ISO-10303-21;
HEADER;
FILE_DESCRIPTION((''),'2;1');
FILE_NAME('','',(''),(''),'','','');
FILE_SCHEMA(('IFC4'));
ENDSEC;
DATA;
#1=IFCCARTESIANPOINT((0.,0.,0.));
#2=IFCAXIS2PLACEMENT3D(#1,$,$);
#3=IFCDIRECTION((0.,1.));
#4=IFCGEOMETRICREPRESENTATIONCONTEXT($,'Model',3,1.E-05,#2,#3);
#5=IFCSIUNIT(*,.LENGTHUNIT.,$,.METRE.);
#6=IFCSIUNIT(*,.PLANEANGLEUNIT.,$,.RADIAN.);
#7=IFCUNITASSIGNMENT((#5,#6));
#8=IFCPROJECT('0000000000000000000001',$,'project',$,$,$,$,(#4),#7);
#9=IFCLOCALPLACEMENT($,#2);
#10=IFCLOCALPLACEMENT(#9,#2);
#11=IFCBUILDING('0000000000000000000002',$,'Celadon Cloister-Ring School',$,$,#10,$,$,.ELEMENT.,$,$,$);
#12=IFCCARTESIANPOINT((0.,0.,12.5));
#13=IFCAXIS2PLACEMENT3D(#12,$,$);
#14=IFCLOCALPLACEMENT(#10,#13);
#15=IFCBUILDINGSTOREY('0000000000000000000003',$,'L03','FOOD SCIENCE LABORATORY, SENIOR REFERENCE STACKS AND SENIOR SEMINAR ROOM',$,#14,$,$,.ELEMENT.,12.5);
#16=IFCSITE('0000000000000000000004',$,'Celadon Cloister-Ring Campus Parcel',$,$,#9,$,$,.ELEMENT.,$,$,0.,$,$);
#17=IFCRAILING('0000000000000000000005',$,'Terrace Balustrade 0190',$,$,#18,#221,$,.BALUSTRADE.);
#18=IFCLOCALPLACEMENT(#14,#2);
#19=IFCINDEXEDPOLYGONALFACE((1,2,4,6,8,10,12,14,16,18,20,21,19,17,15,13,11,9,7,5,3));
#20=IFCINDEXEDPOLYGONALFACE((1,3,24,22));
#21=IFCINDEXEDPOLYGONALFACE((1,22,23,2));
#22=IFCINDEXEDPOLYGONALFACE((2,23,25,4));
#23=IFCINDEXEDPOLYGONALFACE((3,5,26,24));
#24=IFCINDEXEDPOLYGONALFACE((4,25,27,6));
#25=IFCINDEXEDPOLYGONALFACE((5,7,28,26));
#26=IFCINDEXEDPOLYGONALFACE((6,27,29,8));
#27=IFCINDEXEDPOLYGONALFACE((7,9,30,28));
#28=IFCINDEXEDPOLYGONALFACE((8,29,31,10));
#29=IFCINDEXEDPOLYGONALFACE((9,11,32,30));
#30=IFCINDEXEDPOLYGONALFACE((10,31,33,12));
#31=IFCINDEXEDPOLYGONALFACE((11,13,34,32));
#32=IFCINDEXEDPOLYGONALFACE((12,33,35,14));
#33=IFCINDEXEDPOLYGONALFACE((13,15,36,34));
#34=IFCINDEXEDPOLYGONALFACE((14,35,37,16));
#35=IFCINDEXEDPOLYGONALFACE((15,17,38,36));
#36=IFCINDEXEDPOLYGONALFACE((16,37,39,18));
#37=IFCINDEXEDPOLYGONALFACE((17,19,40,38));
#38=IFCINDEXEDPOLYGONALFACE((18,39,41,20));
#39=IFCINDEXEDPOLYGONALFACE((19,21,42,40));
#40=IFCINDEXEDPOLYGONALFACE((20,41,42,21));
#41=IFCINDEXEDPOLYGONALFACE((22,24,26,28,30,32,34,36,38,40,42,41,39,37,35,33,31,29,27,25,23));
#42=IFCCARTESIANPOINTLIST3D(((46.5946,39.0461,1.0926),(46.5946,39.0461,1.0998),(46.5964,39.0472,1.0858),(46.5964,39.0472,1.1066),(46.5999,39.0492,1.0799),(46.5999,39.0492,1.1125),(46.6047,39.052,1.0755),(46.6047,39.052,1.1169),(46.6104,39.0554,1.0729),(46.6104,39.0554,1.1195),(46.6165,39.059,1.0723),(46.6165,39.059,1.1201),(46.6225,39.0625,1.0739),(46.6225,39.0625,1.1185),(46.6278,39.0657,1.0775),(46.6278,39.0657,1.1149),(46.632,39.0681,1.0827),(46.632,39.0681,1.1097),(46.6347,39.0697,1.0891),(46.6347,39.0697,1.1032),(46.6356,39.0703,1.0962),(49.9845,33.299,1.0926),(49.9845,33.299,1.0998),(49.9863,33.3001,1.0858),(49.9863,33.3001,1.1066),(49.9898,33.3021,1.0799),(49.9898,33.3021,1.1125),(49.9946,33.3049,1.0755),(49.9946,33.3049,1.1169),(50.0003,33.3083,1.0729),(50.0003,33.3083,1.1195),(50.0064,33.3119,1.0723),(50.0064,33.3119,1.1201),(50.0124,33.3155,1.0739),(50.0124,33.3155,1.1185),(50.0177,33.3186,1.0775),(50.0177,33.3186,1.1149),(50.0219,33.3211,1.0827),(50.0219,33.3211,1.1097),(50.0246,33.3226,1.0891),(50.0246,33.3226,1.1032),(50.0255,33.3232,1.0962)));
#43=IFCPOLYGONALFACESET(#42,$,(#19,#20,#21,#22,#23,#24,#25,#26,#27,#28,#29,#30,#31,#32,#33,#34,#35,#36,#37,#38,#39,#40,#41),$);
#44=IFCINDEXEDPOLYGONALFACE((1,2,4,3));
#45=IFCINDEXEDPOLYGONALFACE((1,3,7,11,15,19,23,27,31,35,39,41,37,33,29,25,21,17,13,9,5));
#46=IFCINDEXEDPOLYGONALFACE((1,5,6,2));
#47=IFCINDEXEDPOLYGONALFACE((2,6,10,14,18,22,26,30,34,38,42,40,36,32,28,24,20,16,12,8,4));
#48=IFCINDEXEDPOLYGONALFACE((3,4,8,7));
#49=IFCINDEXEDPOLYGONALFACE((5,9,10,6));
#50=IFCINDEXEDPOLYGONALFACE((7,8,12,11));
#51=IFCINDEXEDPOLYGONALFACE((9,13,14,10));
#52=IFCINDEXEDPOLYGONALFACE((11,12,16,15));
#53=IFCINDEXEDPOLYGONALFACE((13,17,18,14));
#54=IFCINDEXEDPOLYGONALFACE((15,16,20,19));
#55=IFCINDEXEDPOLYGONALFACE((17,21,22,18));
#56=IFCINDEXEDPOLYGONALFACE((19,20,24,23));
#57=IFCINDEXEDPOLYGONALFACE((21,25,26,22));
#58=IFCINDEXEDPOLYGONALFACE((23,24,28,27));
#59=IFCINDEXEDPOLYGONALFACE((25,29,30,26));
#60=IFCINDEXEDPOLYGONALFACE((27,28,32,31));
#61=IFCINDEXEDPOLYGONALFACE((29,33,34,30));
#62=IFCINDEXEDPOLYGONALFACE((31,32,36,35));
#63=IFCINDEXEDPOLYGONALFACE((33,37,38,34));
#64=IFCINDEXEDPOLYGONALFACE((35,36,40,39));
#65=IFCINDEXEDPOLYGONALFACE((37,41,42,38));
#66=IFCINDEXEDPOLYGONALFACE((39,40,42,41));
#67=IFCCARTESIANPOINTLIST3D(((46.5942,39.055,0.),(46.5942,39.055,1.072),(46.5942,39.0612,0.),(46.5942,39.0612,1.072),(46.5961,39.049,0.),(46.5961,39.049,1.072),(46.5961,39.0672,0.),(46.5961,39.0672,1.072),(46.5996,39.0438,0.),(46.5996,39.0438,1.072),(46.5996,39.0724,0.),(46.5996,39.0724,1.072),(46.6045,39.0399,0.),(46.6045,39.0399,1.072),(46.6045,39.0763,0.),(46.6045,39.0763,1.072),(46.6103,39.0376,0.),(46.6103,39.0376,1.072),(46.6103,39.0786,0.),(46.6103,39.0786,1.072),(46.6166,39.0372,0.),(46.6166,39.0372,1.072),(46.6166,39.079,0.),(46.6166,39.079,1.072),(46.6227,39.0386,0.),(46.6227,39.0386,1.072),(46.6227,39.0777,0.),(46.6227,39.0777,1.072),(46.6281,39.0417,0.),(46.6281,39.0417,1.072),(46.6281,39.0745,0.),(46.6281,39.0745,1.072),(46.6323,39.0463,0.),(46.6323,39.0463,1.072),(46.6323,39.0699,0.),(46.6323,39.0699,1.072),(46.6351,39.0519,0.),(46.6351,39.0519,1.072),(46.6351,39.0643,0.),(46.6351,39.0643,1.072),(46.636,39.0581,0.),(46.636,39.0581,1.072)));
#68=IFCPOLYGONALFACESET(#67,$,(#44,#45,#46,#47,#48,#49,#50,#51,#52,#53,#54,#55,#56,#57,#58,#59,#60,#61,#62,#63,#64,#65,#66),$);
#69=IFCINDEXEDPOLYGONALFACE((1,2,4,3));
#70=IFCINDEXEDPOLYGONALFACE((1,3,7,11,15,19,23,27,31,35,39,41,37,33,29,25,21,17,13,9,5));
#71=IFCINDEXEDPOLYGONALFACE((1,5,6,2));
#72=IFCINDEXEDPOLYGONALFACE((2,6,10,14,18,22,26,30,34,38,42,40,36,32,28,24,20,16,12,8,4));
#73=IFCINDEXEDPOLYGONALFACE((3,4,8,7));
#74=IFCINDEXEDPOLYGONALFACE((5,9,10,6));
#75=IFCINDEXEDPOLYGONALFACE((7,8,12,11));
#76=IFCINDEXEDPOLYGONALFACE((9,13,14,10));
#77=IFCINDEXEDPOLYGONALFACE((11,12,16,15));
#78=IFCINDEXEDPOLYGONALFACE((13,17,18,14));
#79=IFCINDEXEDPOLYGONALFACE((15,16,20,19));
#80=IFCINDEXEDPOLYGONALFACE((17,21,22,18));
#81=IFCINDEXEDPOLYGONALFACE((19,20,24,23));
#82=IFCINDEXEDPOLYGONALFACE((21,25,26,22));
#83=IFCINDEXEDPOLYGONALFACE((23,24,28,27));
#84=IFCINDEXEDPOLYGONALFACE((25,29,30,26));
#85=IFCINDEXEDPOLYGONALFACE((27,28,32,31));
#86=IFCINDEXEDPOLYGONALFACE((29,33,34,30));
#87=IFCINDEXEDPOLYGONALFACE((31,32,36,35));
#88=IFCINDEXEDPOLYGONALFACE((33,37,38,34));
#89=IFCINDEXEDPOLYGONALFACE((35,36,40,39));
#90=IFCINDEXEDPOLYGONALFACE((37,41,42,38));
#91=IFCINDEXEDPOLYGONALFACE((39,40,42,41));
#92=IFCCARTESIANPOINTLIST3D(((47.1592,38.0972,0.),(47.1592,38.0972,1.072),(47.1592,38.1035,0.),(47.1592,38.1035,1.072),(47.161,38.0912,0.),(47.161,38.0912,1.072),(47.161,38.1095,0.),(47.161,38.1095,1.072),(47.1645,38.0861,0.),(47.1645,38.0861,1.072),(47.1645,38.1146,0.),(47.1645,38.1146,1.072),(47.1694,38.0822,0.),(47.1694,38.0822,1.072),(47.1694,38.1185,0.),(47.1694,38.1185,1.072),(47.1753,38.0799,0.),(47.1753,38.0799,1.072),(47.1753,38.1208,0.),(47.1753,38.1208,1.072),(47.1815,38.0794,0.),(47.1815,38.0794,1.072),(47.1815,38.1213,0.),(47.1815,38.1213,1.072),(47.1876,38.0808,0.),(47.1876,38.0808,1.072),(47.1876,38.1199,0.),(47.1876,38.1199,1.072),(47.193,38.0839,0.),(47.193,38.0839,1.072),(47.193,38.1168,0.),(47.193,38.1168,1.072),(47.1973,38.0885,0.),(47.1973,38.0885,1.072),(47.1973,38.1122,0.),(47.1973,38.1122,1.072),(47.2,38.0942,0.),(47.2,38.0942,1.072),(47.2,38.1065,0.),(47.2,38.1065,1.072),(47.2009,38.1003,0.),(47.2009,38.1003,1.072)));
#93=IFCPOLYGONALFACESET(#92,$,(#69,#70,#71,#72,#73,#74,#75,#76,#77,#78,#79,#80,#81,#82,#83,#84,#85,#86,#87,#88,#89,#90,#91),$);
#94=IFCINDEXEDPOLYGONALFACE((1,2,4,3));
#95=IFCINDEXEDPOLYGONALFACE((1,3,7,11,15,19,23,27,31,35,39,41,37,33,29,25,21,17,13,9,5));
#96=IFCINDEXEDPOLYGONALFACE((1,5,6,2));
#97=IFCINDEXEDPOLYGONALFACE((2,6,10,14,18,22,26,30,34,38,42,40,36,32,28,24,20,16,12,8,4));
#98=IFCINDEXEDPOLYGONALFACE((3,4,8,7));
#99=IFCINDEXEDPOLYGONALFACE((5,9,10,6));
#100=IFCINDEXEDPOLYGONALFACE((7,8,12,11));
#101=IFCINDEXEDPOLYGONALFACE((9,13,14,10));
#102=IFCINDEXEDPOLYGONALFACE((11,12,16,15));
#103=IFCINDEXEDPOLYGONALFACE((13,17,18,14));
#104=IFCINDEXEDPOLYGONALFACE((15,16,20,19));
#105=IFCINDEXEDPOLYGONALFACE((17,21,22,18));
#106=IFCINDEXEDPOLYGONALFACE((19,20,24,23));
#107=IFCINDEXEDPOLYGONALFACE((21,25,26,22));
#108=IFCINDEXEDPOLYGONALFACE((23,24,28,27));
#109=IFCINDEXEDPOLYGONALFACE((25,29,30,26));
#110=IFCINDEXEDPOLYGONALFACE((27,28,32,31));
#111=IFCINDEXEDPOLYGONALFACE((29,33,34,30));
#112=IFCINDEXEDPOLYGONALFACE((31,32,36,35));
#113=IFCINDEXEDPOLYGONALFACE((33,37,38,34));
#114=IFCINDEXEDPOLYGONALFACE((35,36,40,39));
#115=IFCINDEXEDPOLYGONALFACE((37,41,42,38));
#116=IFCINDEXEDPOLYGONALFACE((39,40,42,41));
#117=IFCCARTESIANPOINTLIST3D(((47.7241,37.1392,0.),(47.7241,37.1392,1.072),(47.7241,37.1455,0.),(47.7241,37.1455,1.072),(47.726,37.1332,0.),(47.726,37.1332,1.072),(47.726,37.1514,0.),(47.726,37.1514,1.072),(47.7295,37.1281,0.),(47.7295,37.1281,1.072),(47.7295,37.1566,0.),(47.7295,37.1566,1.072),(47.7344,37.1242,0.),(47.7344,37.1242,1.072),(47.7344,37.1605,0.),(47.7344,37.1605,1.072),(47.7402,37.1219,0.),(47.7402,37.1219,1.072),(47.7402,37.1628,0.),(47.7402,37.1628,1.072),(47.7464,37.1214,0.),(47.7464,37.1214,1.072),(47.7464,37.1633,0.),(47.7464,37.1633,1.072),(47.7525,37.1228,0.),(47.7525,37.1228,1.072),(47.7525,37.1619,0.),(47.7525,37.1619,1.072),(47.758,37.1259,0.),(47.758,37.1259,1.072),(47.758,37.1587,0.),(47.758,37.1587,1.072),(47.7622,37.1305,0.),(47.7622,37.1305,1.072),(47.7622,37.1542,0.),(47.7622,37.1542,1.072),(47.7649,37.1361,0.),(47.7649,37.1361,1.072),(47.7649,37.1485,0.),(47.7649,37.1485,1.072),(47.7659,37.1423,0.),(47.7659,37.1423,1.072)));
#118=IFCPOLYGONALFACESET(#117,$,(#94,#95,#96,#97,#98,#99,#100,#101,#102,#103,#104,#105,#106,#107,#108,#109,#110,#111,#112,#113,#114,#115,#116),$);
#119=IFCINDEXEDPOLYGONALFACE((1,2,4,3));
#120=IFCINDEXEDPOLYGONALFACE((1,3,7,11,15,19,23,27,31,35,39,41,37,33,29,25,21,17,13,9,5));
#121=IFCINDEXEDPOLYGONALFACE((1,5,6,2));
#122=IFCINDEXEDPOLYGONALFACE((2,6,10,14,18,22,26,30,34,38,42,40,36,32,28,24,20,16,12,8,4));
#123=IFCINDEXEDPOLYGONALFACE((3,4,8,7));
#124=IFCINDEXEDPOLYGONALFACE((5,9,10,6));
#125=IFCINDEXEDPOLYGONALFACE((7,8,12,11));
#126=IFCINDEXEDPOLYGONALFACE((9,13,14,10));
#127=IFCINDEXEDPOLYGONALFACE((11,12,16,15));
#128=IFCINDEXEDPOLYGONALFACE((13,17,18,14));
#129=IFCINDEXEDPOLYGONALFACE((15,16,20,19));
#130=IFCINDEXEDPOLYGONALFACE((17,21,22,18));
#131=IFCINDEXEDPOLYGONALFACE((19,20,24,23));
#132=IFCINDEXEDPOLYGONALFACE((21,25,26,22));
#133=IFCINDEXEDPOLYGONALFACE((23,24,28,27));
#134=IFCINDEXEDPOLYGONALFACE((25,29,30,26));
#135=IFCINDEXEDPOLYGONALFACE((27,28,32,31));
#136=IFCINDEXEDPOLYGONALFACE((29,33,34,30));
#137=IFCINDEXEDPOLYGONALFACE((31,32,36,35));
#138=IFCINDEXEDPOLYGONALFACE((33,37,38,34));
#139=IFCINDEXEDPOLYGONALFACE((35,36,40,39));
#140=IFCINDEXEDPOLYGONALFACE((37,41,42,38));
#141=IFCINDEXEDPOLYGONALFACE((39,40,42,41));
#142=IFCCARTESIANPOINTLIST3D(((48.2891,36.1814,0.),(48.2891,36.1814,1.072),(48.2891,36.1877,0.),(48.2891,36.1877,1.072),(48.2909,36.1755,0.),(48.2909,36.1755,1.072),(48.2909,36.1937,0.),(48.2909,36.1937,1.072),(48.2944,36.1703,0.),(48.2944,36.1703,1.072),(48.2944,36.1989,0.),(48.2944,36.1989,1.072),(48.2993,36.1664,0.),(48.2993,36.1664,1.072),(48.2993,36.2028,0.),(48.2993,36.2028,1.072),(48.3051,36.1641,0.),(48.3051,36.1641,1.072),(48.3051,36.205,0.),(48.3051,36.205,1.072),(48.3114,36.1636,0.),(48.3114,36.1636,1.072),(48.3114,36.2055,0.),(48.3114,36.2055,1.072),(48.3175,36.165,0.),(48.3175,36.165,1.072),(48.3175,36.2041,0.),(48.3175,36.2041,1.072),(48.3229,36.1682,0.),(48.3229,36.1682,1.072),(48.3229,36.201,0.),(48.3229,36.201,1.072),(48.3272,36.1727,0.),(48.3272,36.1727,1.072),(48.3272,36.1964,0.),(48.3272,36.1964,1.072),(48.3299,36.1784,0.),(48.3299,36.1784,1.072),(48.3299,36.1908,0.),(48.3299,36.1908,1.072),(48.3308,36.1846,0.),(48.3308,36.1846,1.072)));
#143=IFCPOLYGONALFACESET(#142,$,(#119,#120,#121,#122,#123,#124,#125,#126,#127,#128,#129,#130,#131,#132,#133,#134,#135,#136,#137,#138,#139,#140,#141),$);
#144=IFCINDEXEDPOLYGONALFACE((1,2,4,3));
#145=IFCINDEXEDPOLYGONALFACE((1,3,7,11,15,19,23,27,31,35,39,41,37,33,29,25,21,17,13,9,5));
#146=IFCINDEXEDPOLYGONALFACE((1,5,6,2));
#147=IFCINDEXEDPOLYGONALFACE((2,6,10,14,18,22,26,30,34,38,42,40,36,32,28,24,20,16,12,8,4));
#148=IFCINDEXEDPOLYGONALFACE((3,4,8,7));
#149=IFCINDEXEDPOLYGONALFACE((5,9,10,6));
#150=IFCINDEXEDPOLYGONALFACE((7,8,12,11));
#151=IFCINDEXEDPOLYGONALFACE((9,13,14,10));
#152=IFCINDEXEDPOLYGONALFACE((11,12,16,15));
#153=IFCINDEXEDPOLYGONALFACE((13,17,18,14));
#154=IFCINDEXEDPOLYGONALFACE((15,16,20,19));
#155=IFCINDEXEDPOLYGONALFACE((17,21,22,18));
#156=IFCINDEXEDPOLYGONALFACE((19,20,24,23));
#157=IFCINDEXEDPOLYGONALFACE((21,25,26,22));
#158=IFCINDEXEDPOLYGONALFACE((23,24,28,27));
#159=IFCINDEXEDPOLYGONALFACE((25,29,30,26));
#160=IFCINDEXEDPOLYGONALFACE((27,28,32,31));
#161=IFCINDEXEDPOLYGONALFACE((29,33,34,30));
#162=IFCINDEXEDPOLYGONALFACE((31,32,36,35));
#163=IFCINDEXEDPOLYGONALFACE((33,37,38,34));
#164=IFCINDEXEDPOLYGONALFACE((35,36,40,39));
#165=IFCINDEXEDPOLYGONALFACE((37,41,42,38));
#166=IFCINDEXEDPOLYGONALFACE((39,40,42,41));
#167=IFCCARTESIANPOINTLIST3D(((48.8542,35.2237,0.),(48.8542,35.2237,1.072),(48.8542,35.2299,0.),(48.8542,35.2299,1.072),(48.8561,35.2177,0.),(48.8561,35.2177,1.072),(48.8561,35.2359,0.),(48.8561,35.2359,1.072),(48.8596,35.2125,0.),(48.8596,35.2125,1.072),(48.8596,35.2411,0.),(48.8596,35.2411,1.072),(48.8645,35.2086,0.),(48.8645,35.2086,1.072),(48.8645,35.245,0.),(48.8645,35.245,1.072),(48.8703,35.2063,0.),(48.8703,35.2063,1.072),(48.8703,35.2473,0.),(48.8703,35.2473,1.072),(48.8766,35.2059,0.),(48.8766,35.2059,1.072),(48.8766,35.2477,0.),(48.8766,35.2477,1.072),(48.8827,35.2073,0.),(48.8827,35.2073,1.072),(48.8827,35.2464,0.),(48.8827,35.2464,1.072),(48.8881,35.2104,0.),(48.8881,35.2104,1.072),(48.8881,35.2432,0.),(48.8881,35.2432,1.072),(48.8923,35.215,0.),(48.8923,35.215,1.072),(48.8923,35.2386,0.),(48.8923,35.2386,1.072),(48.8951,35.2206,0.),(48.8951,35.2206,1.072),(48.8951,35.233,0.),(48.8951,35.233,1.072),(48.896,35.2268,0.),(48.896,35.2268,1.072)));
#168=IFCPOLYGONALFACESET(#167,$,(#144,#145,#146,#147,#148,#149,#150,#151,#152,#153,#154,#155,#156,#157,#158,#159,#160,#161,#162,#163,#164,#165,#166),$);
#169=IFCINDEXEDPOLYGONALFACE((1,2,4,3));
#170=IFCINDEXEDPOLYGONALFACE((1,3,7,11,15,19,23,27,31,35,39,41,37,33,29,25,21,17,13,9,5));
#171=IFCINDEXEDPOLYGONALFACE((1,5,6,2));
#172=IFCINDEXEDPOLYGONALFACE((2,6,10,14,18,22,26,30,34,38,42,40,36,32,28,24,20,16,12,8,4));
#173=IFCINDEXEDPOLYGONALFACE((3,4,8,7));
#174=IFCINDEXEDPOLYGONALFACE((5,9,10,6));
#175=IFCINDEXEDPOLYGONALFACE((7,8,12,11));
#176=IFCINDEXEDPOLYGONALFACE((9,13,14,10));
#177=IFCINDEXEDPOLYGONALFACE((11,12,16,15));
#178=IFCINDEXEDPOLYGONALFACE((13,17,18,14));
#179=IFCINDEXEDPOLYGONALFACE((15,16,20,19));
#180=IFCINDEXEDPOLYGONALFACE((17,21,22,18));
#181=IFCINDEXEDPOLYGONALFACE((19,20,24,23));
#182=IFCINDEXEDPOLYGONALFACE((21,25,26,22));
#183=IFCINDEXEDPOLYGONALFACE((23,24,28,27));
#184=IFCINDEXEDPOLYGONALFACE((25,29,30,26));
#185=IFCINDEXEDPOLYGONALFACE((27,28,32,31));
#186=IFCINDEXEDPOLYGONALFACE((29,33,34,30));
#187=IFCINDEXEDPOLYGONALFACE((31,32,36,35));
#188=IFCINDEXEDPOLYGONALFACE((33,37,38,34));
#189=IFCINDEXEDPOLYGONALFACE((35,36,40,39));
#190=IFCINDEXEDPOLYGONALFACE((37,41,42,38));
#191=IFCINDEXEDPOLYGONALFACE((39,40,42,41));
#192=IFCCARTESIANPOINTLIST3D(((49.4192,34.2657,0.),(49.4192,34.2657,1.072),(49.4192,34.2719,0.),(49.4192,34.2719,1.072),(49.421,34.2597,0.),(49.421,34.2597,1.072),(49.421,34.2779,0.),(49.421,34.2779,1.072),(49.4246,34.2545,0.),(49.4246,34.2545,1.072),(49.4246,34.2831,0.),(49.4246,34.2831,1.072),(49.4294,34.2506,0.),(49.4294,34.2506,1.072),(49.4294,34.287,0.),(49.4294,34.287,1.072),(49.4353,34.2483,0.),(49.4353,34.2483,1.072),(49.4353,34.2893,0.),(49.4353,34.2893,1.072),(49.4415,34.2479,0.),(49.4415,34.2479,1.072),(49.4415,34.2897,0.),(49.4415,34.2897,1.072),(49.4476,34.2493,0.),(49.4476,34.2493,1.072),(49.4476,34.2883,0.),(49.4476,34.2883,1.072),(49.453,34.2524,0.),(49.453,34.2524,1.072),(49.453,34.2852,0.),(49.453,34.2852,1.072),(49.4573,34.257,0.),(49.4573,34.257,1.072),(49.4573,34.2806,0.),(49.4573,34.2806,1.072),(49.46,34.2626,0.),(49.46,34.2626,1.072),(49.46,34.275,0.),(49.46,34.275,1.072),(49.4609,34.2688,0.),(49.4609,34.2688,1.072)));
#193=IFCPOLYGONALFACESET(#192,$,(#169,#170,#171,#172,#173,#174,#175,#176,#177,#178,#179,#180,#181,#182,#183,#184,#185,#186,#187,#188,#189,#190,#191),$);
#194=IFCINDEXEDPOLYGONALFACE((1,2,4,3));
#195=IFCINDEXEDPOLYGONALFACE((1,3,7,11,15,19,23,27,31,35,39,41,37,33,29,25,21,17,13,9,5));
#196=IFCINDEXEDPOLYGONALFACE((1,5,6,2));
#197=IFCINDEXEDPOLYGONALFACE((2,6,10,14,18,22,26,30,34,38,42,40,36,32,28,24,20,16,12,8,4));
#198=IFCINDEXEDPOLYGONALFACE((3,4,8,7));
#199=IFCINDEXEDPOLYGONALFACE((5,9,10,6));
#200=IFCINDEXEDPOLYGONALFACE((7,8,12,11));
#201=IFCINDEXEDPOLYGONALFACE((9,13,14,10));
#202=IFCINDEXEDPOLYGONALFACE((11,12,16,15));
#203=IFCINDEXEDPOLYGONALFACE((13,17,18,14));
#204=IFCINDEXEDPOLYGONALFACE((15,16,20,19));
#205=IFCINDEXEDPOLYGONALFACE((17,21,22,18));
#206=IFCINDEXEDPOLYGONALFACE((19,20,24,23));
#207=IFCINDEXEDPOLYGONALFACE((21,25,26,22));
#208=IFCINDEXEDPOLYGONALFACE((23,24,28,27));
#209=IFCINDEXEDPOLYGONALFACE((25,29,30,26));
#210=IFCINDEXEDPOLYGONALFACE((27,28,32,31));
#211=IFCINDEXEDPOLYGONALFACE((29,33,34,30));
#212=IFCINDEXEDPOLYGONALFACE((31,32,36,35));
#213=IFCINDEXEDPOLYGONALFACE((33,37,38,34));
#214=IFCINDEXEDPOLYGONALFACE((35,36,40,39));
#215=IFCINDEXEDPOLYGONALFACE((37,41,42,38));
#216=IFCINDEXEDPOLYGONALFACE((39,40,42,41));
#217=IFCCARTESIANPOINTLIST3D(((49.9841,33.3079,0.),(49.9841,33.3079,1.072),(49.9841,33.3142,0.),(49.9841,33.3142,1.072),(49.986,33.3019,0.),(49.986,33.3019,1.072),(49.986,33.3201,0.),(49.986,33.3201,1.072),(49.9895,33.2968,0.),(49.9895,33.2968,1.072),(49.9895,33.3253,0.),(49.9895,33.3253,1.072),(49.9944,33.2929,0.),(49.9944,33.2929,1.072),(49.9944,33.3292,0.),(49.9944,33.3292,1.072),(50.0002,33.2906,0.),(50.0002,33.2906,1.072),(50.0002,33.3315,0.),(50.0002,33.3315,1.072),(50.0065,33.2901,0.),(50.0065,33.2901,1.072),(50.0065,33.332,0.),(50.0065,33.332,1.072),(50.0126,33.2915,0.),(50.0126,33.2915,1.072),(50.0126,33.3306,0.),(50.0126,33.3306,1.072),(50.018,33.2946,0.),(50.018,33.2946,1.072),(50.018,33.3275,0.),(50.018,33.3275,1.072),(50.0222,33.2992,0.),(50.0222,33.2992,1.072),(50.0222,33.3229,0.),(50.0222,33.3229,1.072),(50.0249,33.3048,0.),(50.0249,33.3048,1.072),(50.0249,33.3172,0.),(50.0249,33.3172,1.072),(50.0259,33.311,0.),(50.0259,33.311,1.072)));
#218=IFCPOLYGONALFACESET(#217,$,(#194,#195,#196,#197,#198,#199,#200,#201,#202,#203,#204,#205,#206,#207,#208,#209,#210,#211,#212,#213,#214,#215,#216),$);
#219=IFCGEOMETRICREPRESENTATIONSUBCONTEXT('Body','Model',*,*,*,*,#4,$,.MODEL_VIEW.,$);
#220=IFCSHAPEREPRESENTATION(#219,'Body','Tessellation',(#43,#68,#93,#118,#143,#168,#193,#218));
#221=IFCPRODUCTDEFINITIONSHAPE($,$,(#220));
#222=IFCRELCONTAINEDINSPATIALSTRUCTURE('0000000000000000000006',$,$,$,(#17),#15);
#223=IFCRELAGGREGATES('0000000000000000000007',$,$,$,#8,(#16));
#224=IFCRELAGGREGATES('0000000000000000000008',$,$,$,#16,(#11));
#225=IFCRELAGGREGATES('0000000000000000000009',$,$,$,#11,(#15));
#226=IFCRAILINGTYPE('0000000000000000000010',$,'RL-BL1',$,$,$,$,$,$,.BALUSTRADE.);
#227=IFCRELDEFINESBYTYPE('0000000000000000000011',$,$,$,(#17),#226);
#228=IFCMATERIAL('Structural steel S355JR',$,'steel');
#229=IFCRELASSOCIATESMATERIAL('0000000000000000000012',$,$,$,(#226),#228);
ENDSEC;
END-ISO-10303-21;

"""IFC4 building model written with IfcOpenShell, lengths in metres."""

from ifc_helpers import new_model, si_unit, direction, frame, origin, origin_2d, place, context, subcontext, project, spatial, circle, extrude, material, type_object, element, save


model = new_model("IFC4")

# Units and contexts
model_context = context("Model", 3, precision=1e-05, world=origin(), true_north=direction((0.0, 1.0)))
body_context = subcontext(model_context, "Body", "Model", "MODEL_VIEW")
ifc_project = project(units=[si_unit("LENGTHUNIT", "METRE"), si_unit("PLANEANGLEUNIT", "RADIAN")], contexts=[model_context])

# Site, building, storey
site_placement = place(None, origin())
site = spatial("IfcSite", under=ifc_project, at=site_placement, Name="Celadon Cloister-Ring Campus Parcel", CompositionType="ELEMENT", RefElevation=0.0)
building_placement = place(site_placement, origin())
building = spatial("IfcBuilding", under=site, at=building_placement, Name="Celadon Cloister-Ring School", CompositionType="ELEMENT")
storey_placement = place(building_placement, frame((0.0, 0.0, 12.5)))
storey = spatial("IfcBuildingStorey", under=building, at=storey_placement, Name="L03", Description="FOOD SCIENCE LABORATORY, SENIOR REFERENCE STACKS AND SENIOR SEMINAR ROOM", CompositionType="ELEMENT", Elevation=12.5)

# Railing
ifc_material_1 = material(Name="Structural steel S355JR", Category="steel")
railing_type = type_object("IfcRailingType", Name="RL-BL1", PredefinedType="BALUSTRADE", material=ifc_material_1)
railing_placement = place(storey_placement, frame((46.615, 39.0581, 0.0)))
element("IfcRailing", 1, at=railing_placement, inside=storey, type_object=railing_type, Name="Terrace Balustrade 0190", PredefinedType="BALUSTRADE", context=body_context, shape_type="SweptSolid", body=[
    extrude(circle(Radius=0.0239, at=origin_2d()), frame((0.0, 0.0, 1.0962), z_axis=(0.508051, -0.861327, 0.0), x_axis=(0.861327, 0.508051, 0.0)), (0.0, 0.0, 1.0), 6.6724),
    extrude(circle(Radius=0.021, at=origin_2d()), origin(), (0.0, 0.0, 1.0), 1.072),
    extrude(circle(Radius=0.021, at=origin_2d()), frame((0.5649, -0.9578, 0.0)), (0.0, 0.0, 1.0), 1.072),
    extrude(circle(Radius=0.021, at=origin_2d()), frame((1.1299, -1.9158, 0.0)), (0.0, 0.0, 1.0), 1.072),
    extrude(circle(Radius=0.021, at=origin_2d()), frame((1.6948, -2.8735, 0.0)), (0.0, 0.0, 1.0), 1.072),
    extrude(circle(Radius=0.021, at=origin_2d()), frame((2.26, -3.8313, 0.0)), (0.0, 0.0, 1.0), 1.072),
    extrude(circle(Radius=0.021, at=origin_2d()), frame((2.825, -4.7893, 0.0)), (0.0, 0.0, 1.0), 1.072),
    extrude(circle(Radius=0.021, at=origin_2d()), frame((3.3899, -5.7471, 0.0)), (0.0, 0.0, 1.0), 1.072),
])

save(model, "model.ifc")
